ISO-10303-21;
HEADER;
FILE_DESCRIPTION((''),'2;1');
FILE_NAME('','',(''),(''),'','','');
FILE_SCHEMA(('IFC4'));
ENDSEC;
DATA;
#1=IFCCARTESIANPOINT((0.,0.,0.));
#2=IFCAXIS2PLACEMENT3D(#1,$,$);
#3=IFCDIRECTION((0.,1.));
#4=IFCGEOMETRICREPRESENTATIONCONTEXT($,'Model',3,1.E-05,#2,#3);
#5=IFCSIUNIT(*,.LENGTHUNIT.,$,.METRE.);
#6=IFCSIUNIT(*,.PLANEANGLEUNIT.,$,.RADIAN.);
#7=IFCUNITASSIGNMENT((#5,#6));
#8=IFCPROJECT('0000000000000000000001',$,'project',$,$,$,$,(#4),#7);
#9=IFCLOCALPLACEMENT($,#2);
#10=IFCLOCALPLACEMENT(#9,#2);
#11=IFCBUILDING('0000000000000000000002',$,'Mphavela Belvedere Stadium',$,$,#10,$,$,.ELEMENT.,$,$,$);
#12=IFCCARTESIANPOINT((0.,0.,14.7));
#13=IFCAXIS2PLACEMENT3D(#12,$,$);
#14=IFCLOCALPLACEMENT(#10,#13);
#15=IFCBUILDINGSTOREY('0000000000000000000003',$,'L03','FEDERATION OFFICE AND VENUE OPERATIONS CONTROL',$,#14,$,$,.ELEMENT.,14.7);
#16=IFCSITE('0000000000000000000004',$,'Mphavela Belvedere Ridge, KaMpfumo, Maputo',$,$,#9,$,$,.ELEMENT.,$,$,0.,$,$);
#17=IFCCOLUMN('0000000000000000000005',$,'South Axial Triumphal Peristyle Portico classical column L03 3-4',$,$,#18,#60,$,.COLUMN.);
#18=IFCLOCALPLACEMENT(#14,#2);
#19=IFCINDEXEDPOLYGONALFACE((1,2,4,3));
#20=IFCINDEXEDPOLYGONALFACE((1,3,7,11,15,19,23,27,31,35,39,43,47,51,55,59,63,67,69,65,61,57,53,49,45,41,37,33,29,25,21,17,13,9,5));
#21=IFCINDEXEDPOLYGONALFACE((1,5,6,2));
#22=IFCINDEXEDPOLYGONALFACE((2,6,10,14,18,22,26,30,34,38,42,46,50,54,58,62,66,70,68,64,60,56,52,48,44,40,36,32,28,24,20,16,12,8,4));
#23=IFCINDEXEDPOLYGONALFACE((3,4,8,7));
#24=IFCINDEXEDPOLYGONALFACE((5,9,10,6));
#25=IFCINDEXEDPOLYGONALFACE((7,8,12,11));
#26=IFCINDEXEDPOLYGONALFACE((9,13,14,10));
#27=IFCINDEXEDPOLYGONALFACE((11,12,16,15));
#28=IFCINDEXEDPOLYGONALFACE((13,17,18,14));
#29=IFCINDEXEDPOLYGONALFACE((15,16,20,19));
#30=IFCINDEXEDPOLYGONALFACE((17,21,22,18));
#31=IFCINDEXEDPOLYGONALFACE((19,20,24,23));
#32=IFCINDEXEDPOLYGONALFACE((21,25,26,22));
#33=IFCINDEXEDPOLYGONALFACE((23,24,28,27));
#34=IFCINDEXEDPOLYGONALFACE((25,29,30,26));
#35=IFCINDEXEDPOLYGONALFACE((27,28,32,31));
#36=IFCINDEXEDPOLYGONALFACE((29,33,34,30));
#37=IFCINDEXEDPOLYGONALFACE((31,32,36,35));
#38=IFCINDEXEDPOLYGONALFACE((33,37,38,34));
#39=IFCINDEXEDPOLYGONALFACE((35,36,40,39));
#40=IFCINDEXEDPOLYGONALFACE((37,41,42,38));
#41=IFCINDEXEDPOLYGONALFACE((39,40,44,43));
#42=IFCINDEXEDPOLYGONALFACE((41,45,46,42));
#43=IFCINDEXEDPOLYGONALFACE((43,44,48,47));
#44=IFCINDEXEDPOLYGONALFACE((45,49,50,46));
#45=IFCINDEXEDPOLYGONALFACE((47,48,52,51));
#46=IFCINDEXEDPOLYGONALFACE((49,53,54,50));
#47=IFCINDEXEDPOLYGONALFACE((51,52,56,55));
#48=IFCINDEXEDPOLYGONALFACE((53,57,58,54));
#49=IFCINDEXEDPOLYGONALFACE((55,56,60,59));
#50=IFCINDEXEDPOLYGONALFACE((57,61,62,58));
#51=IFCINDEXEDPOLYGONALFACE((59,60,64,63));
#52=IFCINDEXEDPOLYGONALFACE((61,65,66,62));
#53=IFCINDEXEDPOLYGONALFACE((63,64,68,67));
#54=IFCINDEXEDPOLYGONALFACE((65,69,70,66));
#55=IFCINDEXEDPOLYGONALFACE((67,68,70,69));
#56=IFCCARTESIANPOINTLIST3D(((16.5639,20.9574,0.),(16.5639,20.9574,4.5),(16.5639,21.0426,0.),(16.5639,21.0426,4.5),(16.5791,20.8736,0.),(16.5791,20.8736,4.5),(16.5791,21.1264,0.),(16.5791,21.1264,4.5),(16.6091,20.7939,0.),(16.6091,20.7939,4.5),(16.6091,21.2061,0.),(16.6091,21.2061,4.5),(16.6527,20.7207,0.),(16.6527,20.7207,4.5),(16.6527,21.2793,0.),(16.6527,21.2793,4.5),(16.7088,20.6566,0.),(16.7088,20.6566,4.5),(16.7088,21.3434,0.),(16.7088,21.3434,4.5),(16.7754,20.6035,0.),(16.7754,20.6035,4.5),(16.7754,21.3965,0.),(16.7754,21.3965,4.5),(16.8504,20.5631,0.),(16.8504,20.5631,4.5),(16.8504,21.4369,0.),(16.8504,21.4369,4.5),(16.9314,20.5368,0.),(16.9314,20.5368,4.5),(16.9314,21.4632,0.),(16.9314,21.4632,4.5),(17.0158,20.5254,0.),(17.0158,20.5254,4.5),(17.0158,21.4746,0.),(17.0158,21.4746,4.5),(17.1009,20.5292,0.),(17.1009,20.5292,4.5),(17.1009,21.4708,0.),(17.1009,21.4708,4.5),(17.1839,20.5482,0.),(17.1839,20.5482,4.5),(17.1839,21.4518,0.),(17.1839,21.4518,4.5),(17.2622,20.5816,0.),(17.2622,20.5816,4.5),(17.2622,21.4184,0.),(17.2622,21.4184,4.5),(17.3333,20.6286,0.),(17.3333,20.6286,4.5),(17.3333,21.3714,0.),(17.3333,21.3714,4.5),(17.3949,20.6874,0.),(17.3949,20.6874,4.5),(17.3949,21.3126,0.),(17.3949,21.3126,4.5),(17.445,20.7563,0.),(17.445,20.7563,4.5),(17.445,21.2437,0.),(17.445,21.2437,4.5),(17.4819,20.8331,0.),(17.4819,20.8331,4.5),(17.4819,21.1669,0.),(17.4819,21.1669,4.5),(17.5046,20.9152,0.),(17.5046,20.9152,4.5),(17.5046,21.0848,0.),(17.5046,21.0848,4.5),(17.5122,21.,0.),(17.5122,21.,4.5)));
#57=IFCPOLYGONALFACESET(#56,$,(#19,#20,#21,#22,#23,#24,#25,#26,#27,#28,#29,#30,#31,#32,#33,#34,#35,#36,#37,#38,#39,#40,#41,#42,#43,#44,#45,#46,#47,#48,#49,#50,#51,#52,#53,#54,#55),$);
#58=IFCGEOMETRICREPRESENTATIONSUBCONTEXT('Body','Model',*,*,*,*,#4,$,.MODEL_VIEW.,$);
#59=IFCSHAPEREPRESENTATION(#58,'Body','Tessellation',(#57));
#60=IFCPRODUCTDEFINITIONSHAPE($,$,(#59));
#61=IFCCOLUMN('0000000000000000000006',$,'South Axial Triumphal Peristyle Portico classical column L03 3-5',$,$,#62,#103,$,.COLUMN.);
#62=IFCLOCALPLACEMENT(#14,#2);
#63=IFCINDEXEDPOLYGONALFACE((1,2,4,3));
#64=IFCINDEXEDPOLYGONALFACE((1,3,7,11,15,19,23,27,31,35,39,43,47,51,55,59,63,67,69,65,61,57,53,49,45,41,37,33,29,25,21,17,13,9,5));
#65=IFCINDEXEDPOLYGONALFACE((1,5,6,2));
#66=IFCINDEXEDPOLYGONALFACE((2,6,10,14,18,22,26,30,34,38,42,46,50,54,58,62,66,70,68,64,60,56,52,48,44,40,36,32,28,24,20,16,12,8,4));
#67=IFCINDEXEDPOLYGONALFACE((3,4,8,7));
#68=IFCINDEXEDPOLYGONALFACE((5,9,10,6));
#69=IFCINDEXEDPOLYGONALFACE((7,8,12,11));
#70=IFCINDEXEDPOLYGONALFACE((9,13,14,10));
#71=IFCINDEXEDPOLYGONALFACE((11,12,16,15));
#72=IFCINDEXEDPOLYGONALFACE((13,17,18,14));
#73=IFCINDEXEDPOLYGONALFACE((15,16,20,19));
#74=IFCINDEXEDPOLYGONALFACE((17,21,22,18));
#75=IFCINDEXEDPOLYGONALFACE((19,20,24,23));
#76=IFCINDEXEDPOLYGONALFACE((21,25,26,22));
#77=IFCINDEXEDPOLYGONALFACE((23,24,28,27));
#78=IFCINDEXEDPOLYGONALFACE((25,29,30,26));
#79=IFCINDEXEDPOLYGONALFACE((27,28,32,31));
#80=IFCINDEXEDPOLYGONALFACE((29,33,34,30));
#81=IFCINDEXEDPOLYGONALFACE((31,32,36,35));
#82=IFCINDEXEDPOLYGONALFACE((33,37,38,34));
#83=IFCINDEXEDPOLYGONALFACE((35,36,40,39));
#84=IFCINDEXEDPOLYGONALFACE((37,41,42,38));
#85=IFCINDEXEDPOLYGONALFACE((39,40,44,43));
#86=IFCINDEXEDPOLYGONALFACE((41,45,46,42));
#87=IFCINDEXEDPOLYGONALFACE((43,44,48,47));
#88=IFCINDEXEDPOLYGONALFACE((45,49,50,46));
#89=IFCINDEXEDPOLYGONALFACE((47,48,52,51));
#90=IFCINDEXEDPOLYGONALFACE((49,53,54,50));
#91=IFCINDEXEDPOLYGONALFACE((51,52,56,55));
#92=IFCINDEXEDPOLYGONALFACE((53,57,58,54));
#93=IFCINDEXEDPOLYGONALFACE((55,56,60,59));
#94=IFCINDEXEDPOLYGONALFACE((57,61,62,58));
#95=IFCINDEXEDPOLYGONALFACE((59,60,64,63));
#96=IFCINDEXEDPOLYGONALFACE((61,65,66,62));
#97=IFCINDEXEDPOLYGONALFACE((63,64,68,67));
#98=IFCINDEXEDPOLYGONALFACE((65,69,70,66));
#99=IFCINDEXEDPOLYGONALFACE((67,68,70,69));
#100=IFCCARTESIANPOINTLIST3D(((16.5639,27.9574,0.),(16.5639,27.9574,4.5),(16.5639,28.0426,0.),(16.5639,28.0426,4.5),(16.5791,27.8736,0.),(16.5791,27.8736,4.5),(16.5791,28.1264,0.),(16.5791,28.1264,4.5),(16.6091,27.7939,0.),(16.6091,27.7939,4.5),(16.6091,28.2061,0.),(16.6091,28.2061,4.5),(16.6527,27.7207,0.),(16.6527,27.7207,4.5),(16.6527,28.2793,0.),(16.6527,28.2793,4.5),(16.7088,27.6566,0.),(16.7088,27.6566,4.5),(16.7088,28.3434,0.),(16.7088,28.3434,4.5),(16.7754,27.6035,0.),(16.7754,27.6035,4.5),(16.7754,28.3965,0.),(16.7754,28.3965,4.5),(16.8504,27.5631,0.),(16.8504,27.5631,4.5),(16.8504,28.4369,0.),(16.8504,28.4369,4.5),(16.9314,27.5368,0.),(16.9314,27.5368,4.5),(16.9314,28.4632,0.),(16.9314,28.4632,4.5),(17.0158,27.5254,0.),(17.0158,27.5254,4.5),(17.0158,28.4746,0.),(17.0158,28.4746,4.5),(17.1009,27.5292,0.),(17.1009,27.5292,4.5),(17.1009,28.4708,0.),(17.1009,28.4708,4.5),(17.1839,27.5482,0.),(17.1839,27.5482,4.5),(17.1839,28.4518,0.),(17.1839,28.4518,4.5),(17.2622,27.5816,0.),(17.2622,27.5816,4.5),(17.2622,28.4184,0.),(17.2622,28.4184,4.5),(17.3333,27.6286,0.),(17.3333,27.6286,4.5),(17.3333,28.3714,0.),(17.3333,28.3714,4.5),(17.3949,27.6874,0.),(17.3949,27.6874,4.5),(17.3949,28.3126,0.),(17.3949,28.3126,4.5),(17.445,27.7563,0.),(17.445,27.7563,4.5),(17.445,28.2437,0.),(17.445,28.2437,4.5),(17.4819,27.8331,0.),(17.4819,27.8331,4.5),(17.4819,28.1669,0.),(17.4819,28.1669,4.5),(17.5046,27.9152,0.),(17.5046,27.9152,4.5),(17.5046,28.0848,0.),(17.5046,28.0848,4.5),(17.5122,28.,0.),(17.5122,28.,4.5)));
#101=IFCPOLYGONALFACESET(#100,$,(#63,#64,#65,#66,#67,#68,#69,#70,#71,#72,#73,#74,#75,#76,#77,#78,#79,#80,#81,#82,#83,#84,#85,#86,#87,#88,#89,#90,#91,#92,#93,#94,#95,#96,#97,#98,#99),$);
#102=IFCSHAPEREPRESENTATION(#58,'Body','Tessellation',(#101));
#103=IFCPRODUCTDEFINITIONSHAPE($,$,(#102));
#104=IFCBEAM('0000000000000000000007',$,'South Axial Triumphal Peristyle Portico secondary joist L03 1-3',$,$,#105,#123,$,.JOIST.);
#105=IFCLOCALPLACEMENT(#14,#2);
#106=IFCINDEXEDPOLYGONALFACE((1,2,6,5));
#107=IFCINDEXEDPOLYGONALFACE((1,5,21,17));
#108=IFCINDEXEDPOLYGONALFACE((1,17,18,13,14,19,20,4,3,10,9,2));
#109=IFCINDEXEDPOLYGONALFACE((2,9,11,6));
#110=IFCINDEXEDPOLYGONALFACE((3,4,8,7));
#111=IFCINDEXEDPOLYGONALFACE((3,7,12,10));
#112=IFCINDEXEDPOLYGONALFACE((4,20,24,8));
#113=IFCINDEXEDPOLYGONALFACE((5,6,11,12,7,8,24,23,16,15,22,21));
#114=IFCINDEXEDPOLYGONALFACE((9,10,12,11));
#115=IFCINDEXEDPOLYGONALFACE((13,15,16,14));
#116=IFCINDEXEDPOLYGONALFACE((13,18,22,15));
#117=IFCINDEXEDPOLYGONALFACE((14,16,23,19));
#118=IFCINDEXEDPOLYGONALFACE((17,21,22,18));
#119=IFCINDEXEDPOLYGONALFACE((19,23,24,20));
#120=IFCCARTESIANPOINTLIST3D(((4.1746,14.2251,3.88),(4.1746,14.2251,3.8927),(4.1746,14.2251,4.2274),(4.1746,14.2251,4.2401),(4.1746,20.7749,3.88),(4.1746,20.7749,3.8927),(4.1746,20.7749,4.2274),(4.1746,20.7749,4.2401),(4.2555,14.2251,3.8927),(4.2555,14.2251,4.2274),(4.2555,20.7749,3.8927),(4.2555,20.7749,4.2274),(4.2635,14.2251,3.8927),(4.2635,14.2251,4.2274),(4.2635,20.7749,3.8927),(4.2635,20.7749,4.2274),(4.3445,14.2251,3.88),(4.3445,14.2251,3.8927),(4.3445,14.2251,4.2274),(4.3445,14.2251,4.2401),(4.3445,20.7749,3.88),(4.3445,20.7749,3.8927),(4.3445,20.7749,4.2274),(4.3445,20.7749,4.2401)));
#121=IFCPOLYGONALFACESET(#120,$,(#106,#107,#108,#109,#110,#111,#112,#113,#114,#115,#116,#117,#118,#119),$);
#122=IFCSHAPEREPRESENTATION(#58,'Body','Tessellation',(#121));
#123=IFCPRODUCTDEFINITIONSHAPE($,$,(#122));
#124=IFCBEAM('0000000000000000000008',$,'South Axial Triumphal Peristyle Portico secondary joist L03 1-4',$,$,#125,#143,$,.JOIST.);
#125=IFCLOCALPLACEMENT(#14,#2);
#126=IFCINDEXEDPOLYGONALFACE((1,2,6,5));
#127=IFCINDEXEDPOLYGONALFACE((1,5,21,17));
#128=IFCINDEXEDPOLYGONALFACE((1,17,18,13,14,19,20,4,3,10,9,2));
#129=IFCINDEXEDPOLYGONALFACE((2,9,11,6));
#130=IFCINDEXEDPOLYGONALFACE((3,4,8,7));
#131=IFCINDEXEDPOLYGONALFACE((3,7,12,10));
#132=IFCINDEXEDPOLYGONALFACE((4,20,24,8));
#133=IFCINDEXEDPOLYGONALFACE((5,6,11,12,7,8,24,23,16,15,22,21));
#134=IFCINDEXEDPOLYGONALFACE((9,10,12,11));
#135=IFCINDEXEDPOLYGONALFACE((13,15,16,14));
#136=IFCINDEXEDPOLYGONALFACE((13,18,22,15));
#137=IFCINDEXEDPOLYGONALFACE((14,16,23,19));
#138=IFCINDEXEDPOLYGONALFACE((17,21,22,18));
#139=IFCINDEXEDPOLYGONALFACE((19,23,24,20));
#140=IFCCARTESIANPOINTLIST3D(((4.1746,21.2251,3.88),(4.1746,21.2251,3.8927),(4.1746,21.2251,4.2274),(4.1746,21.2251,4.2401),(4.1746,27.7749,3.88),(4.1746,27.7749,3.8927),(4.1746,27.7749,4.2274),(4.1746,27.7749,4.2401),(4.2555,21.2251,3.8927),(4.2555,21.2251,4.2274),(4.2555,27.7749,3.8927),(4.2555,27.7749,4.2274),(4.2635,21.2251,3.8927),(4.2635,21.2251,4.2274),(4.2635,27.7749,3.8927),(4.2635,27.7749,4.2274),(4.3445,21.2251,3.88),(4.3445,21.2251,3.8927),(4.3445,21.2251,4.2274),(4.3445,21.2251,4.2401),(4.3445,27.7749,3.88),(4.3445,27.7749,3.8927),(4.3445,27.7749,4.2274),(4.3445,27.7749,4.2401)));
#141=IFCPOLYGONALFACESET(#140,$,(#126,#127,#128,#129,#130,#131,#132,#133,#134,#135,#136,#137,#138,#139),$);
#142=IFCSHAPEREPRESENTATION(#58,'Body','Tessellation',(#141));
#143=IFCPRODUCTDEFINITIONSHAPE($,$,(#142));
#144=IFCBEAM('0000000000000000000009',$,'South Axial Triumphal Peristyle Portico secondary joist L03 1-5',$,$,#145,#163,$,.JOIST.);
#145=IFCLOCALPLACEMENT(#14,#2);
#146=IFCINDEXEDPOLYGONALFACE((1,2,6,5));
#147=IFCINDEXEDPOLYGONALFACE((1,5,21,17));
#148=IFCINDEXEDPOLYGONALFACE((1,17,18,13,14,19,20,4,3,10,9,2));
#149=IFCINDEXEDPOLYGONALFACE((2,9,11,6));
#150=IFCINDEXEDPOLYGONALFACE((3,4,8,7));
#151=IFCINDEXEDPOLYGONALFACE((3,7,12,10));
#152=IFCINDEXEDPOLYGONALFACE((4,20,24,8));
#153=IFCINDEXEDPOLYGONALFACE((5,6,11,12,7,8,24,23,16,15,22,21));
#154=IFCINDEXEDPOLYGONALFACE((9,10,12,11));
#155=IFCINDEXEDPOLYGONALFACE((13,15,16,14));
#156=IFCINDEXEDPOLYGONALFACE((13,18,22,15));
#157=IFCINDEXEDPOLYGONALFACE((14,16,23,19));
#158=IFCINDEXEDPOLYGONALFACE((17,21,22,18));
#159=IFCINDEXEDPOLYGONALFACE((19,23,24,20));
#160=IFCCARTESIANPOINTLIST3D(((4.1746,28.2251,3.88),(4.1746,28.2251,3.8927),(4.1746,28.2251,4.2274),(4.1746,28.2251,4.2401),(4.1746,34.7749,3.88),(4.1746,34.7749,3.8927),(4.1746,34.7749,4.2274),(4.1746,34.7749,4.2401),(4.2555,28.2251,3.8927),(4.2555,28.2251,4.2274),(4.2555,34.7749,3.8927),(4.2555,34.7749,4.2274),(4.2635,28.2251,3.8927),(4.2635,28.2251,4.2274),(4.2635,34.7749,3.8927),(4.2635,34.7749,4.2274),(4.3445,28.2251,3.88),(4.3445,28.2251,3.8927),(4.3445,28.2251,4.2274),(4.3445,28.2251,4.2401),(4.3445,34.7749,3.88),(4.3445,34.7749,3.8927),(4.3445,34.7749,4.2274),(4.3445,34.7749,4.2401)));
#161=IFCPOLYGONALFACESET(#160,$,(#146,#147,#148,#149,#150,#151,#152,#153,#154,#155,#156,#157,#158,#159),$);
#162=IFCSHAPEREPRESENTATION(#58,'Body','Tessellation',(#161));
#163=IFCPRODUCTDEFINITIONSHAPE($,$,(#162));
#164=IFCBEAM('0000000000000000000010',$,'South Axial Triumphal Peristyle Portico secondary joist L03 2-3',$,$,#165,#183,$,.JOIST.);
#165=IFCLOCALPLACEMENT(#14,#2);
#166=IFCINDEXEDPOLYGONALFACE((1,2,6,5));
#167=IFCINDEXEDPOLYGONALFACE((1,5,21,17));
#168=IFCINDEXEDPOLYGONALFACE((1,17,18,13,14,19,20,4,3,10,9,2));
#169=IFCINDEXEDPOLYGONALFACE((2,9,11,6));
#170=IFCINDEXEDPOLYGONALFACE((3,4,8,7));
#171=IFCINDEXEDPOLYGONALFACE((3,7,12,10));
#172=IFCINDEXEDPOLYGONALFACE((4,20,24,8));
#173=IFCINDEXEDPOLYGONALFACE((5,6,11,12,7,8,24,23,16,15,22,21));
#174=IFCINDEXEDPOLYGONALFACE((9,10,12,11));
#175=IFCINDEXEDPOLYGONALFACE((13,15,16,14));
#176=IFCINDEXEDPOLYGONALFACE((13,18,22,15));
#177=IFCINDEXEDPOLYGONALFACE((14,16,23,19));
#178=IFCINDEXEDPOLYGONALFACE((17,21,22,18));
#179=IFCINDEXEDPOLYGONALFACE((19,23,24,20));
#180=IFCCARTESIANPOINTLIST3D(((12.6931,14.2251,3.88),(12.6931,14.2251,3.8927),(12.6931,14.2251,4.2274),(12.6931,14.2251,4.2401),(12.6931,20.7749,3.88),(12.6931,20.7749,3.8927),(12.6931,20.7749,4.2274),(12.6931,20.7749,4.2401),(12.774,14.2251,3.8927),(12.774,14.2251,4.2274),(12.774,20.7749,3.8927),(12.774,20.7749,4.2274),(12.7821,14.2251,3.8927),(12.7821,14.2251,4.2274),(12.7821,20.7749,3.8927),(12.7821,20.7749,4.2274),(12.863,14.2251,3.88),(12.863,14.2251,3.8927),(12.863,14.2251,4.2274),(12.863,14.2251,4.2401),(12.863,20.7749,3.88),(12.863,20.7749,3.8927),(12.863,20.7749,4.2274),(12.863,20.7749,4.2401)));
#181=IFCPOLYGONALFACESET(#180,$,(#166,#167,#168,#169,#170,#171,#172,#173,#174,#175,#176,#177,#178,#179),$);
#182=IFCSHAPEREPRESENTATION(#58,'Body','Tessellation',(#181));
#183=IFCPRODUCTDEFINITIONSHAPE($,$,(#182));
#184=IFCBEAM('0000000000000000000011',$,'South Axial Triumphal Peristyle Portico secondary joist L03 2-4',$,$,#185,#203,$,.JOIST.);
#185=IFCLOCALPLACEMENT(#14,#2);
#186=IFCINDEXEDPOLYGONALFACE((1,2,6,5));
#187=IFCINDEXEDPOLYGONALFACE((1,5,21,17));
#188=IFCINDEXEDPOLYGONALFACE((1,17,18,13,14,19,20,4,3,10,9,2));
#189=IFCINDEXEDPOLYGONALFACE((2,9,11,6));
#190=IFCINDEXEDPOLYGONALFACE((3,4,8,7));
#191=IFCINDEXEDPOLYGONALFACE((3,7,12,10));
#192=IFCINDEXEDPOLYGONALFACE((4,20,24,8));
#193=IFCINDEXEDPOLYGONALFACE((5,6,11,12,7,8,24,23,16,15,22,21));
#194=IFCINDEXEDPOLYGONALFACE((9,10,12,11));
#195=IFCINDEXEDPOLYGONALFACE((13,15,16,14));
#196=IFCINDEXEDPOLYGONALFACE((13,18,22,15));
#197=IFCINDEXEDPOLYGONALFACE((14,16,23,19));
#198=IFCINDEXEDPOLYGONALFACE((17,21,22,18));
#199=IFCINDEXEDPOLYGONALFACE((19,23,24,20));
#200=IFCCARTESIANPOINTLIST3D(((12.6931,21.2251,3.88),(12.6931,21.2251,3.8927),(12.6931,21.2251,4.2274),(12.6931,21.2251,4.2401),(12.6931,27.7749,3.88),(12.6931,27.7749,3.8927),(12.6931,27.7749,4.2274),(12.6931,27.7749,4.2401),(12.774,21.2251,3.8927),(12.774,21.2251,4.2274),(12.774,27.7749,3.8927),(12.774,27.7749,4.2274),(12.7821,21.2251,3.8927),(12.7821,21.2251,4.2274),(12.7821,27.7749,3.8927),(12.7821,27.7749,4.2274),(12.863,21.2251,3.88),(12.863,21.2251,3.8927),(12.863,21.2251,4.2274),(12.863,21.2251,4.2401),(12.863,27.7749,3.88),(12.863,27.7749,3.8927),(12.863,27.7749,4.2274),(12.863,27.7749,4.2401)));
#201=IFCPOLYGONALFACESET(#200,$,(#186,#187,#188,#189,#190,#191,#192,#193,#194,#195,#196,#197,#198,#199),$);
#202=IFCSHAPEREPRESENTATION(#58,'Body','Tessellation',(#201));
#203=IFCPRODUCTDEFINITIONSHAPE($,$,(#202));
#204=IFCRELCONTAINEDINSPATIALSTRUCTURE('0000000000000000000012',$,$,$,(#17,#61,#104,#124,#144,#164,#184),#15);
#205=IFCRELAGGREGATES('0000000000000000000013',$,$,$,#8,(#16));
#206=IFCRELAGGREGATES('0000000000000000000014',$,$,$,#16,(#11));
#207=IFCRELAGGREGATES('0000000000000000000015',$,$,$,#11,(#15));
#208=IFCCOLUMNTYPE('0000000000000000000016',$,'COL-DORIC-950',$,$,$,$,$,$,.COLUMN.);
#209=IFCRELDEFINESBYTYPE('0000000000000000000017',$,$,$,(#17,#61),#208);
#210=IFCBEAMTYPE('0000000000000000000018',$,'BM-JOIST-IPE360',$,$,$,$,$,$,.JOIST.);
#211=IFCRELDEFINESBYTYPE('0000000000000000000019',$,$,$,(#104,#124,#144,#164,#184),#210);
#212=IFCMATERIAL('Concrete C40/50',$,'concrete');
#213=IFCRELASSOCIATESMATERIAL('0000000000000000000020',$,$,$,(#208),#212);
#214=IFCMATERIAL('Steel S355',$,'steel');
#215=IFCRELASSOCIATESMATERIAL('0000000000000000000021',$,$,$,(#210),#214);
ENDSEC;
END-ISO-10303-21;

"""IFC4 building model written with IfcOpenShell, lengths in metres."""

from ifc_helpers import new_model, si_unit, direction, frame, origin, origin_2d, place, context, subcontext, project, spatial, circle, i_section, extrude, material, material_profile, profile_set, type_object, element, save


model = new_model("IFC4")

# Units and contexts
model_context = context("Model", 3, precision=1e-05, world=origin(), true_north=direction((0.0, 1.0)))
body_context = subcontext(model_context, "Body", "Model", "MODEL_VIEW")
ifc_project = project(units=[si_unit("LENGTHUNIT", "METRE"), si_unit("PLANEANGLEUNIT", "RADIAN")], contexts=[model_context])

# Site, building, storey
site_placement = place(None, origin())
site = spatial("IfcSite", under=ifc_project, at=site_placement, Name="Mphavela Belvedere Ridge, KaMpfumo, Maputo", CompositionType="ELEMENT", RefElevation=0.0)
building_placement = place(site_placement, origin())
building = spatial("IfcBuilding", under=site, at=building_placement, Name="Mphavela Belvedere Stadium", CompositionType="ELEMENT")
storey_placement = place(building_placement, frame((0.0, 0.0, 14.7)))
storey = spatial("IfcBuildingStorey", under=building, at=storey_placement, Name="L03", Description="FEDERATION OFFICE AND VENUE OPERATIONS CONTROL", CompositionType="ELEMENT", Elevation=14.7)

# Columns
ifc_material_1 = material(Name="Concrete C40/50", Category="concrete")
ifc_material_profile_1 = material_profile(ifc_material_1, circle(Radius=0.4751, at=origin_2d()), Name="COL D950")
ifc_profile_set_1 = profile_set([ifc_material_profile_1], Name="Concrete C40/50")
column_type = type_object("IfcColumnType", Name="COL-DORIC-950", PredefinedType="COLUMN", material=ifc_profile_set_1)
for number, where, z_axis, x_axis, name in (
    (1, (17.0371, 21.0, 0.0), (0.0, 0.0, 1.0), (1.0, 0.0, 0.0), "South Axial Triumphal Peristyle Portico classical column L03 3-4"),
    (2, (17.0371, 28.0, 0.0), (0.0, 0.0, 1.0), (1.0, 0.0, 0.0), "South Axial Triumphal Peristyle Portico classical column L03 3-5"),
):
    element("IfcColumn", number, at=place(storey_placement, frame(where, z_axis=z_axis, x_axis=x_axis)), inside=storey, type_object=column_type, Name=name, PredefinedType="COLUMN", context=body_context, shape_type="SweptSolid", body=[
        extrude(circle(Radius=0.4751, at=origin_2d()), origin(), (0.0, 0.0, 1.0), 4.5),
    ])

# Beams
ifc_material_2 = material(Name="Steel S355", Category="steel")
ifc_material_profile_2 = material_profile(ifc_material_2, i_section(OverallWidth=0.1699, OverallDepth=0.3601, WebThickness=0.0081, FlangeThickness=0.0127, at=origin_2d()), Name="IPE 360")
ifc_profile_set_2 = profile_set([ifc_material_profile_2], Name="Steel S355")
beam_type_1 = type_object("IfcBeamType", Name="BM-JOIST-IPE360", PredefinedType="JOIST", material=ifc_profile_set_2)
for number, where, z_axis, x_axis, name in (
    (3, (4.2595, 14.2251, 4.0601), (0.0, 1.0, 0.0), (-1.0, 0.0, 0.0), "South Axial Triumphal Peristyle Portico secondary joist L03 1-3"),
    (4, (4.2595, 21.2251, 4.0601), (0.0, 1.0, 0.0), (-1.0, 0.0, 0.0), "South Axial Triumphal Peristyle Portico secondary joist L03 1-4"),
    (5, (4.2595, 28.2251, 4.0601), (0.0, 1.0, 0.0), (-1.0, 0.0, 0.0), "South Axial Triumphal Peristyle Portico secondary joist L03 1-5"),
    (6, (12.7781, 14.2251, 4.0601), (0.0, 1.0, 0.0), (-1.0, 0.0, 0.0), "South Axial Triumphal Peristyle Portico secondary joist L03 2-3"),
    (7, (12.7781, 21.2251, 4.0601), (0.0, 1.0, 0.0), (-1.0, 0.0, 0.0), "South Axial Triumphal Peristyle Portico secondary joist L03 2-4"),
):
    element("IfcBeam", number, at=place(storey_placement, frame(where, z_axis=z_axis, x_axis=x_axis)), inside=storey, type_object=beam_type_1, Name=name, PredefinedType="JOIST", context=body_context, shape_type="SweptSolid", body=[
        extrude(i_section(OverallWidth=0.1699, OverallDepth=0.3601, WebThickness=0.0081, FlangeThickness=0.0127, at=origin_2d()), origin(), (0.0, 0.0, 1.0), 6.5498),
    ])

save(model, "model.ifc")
